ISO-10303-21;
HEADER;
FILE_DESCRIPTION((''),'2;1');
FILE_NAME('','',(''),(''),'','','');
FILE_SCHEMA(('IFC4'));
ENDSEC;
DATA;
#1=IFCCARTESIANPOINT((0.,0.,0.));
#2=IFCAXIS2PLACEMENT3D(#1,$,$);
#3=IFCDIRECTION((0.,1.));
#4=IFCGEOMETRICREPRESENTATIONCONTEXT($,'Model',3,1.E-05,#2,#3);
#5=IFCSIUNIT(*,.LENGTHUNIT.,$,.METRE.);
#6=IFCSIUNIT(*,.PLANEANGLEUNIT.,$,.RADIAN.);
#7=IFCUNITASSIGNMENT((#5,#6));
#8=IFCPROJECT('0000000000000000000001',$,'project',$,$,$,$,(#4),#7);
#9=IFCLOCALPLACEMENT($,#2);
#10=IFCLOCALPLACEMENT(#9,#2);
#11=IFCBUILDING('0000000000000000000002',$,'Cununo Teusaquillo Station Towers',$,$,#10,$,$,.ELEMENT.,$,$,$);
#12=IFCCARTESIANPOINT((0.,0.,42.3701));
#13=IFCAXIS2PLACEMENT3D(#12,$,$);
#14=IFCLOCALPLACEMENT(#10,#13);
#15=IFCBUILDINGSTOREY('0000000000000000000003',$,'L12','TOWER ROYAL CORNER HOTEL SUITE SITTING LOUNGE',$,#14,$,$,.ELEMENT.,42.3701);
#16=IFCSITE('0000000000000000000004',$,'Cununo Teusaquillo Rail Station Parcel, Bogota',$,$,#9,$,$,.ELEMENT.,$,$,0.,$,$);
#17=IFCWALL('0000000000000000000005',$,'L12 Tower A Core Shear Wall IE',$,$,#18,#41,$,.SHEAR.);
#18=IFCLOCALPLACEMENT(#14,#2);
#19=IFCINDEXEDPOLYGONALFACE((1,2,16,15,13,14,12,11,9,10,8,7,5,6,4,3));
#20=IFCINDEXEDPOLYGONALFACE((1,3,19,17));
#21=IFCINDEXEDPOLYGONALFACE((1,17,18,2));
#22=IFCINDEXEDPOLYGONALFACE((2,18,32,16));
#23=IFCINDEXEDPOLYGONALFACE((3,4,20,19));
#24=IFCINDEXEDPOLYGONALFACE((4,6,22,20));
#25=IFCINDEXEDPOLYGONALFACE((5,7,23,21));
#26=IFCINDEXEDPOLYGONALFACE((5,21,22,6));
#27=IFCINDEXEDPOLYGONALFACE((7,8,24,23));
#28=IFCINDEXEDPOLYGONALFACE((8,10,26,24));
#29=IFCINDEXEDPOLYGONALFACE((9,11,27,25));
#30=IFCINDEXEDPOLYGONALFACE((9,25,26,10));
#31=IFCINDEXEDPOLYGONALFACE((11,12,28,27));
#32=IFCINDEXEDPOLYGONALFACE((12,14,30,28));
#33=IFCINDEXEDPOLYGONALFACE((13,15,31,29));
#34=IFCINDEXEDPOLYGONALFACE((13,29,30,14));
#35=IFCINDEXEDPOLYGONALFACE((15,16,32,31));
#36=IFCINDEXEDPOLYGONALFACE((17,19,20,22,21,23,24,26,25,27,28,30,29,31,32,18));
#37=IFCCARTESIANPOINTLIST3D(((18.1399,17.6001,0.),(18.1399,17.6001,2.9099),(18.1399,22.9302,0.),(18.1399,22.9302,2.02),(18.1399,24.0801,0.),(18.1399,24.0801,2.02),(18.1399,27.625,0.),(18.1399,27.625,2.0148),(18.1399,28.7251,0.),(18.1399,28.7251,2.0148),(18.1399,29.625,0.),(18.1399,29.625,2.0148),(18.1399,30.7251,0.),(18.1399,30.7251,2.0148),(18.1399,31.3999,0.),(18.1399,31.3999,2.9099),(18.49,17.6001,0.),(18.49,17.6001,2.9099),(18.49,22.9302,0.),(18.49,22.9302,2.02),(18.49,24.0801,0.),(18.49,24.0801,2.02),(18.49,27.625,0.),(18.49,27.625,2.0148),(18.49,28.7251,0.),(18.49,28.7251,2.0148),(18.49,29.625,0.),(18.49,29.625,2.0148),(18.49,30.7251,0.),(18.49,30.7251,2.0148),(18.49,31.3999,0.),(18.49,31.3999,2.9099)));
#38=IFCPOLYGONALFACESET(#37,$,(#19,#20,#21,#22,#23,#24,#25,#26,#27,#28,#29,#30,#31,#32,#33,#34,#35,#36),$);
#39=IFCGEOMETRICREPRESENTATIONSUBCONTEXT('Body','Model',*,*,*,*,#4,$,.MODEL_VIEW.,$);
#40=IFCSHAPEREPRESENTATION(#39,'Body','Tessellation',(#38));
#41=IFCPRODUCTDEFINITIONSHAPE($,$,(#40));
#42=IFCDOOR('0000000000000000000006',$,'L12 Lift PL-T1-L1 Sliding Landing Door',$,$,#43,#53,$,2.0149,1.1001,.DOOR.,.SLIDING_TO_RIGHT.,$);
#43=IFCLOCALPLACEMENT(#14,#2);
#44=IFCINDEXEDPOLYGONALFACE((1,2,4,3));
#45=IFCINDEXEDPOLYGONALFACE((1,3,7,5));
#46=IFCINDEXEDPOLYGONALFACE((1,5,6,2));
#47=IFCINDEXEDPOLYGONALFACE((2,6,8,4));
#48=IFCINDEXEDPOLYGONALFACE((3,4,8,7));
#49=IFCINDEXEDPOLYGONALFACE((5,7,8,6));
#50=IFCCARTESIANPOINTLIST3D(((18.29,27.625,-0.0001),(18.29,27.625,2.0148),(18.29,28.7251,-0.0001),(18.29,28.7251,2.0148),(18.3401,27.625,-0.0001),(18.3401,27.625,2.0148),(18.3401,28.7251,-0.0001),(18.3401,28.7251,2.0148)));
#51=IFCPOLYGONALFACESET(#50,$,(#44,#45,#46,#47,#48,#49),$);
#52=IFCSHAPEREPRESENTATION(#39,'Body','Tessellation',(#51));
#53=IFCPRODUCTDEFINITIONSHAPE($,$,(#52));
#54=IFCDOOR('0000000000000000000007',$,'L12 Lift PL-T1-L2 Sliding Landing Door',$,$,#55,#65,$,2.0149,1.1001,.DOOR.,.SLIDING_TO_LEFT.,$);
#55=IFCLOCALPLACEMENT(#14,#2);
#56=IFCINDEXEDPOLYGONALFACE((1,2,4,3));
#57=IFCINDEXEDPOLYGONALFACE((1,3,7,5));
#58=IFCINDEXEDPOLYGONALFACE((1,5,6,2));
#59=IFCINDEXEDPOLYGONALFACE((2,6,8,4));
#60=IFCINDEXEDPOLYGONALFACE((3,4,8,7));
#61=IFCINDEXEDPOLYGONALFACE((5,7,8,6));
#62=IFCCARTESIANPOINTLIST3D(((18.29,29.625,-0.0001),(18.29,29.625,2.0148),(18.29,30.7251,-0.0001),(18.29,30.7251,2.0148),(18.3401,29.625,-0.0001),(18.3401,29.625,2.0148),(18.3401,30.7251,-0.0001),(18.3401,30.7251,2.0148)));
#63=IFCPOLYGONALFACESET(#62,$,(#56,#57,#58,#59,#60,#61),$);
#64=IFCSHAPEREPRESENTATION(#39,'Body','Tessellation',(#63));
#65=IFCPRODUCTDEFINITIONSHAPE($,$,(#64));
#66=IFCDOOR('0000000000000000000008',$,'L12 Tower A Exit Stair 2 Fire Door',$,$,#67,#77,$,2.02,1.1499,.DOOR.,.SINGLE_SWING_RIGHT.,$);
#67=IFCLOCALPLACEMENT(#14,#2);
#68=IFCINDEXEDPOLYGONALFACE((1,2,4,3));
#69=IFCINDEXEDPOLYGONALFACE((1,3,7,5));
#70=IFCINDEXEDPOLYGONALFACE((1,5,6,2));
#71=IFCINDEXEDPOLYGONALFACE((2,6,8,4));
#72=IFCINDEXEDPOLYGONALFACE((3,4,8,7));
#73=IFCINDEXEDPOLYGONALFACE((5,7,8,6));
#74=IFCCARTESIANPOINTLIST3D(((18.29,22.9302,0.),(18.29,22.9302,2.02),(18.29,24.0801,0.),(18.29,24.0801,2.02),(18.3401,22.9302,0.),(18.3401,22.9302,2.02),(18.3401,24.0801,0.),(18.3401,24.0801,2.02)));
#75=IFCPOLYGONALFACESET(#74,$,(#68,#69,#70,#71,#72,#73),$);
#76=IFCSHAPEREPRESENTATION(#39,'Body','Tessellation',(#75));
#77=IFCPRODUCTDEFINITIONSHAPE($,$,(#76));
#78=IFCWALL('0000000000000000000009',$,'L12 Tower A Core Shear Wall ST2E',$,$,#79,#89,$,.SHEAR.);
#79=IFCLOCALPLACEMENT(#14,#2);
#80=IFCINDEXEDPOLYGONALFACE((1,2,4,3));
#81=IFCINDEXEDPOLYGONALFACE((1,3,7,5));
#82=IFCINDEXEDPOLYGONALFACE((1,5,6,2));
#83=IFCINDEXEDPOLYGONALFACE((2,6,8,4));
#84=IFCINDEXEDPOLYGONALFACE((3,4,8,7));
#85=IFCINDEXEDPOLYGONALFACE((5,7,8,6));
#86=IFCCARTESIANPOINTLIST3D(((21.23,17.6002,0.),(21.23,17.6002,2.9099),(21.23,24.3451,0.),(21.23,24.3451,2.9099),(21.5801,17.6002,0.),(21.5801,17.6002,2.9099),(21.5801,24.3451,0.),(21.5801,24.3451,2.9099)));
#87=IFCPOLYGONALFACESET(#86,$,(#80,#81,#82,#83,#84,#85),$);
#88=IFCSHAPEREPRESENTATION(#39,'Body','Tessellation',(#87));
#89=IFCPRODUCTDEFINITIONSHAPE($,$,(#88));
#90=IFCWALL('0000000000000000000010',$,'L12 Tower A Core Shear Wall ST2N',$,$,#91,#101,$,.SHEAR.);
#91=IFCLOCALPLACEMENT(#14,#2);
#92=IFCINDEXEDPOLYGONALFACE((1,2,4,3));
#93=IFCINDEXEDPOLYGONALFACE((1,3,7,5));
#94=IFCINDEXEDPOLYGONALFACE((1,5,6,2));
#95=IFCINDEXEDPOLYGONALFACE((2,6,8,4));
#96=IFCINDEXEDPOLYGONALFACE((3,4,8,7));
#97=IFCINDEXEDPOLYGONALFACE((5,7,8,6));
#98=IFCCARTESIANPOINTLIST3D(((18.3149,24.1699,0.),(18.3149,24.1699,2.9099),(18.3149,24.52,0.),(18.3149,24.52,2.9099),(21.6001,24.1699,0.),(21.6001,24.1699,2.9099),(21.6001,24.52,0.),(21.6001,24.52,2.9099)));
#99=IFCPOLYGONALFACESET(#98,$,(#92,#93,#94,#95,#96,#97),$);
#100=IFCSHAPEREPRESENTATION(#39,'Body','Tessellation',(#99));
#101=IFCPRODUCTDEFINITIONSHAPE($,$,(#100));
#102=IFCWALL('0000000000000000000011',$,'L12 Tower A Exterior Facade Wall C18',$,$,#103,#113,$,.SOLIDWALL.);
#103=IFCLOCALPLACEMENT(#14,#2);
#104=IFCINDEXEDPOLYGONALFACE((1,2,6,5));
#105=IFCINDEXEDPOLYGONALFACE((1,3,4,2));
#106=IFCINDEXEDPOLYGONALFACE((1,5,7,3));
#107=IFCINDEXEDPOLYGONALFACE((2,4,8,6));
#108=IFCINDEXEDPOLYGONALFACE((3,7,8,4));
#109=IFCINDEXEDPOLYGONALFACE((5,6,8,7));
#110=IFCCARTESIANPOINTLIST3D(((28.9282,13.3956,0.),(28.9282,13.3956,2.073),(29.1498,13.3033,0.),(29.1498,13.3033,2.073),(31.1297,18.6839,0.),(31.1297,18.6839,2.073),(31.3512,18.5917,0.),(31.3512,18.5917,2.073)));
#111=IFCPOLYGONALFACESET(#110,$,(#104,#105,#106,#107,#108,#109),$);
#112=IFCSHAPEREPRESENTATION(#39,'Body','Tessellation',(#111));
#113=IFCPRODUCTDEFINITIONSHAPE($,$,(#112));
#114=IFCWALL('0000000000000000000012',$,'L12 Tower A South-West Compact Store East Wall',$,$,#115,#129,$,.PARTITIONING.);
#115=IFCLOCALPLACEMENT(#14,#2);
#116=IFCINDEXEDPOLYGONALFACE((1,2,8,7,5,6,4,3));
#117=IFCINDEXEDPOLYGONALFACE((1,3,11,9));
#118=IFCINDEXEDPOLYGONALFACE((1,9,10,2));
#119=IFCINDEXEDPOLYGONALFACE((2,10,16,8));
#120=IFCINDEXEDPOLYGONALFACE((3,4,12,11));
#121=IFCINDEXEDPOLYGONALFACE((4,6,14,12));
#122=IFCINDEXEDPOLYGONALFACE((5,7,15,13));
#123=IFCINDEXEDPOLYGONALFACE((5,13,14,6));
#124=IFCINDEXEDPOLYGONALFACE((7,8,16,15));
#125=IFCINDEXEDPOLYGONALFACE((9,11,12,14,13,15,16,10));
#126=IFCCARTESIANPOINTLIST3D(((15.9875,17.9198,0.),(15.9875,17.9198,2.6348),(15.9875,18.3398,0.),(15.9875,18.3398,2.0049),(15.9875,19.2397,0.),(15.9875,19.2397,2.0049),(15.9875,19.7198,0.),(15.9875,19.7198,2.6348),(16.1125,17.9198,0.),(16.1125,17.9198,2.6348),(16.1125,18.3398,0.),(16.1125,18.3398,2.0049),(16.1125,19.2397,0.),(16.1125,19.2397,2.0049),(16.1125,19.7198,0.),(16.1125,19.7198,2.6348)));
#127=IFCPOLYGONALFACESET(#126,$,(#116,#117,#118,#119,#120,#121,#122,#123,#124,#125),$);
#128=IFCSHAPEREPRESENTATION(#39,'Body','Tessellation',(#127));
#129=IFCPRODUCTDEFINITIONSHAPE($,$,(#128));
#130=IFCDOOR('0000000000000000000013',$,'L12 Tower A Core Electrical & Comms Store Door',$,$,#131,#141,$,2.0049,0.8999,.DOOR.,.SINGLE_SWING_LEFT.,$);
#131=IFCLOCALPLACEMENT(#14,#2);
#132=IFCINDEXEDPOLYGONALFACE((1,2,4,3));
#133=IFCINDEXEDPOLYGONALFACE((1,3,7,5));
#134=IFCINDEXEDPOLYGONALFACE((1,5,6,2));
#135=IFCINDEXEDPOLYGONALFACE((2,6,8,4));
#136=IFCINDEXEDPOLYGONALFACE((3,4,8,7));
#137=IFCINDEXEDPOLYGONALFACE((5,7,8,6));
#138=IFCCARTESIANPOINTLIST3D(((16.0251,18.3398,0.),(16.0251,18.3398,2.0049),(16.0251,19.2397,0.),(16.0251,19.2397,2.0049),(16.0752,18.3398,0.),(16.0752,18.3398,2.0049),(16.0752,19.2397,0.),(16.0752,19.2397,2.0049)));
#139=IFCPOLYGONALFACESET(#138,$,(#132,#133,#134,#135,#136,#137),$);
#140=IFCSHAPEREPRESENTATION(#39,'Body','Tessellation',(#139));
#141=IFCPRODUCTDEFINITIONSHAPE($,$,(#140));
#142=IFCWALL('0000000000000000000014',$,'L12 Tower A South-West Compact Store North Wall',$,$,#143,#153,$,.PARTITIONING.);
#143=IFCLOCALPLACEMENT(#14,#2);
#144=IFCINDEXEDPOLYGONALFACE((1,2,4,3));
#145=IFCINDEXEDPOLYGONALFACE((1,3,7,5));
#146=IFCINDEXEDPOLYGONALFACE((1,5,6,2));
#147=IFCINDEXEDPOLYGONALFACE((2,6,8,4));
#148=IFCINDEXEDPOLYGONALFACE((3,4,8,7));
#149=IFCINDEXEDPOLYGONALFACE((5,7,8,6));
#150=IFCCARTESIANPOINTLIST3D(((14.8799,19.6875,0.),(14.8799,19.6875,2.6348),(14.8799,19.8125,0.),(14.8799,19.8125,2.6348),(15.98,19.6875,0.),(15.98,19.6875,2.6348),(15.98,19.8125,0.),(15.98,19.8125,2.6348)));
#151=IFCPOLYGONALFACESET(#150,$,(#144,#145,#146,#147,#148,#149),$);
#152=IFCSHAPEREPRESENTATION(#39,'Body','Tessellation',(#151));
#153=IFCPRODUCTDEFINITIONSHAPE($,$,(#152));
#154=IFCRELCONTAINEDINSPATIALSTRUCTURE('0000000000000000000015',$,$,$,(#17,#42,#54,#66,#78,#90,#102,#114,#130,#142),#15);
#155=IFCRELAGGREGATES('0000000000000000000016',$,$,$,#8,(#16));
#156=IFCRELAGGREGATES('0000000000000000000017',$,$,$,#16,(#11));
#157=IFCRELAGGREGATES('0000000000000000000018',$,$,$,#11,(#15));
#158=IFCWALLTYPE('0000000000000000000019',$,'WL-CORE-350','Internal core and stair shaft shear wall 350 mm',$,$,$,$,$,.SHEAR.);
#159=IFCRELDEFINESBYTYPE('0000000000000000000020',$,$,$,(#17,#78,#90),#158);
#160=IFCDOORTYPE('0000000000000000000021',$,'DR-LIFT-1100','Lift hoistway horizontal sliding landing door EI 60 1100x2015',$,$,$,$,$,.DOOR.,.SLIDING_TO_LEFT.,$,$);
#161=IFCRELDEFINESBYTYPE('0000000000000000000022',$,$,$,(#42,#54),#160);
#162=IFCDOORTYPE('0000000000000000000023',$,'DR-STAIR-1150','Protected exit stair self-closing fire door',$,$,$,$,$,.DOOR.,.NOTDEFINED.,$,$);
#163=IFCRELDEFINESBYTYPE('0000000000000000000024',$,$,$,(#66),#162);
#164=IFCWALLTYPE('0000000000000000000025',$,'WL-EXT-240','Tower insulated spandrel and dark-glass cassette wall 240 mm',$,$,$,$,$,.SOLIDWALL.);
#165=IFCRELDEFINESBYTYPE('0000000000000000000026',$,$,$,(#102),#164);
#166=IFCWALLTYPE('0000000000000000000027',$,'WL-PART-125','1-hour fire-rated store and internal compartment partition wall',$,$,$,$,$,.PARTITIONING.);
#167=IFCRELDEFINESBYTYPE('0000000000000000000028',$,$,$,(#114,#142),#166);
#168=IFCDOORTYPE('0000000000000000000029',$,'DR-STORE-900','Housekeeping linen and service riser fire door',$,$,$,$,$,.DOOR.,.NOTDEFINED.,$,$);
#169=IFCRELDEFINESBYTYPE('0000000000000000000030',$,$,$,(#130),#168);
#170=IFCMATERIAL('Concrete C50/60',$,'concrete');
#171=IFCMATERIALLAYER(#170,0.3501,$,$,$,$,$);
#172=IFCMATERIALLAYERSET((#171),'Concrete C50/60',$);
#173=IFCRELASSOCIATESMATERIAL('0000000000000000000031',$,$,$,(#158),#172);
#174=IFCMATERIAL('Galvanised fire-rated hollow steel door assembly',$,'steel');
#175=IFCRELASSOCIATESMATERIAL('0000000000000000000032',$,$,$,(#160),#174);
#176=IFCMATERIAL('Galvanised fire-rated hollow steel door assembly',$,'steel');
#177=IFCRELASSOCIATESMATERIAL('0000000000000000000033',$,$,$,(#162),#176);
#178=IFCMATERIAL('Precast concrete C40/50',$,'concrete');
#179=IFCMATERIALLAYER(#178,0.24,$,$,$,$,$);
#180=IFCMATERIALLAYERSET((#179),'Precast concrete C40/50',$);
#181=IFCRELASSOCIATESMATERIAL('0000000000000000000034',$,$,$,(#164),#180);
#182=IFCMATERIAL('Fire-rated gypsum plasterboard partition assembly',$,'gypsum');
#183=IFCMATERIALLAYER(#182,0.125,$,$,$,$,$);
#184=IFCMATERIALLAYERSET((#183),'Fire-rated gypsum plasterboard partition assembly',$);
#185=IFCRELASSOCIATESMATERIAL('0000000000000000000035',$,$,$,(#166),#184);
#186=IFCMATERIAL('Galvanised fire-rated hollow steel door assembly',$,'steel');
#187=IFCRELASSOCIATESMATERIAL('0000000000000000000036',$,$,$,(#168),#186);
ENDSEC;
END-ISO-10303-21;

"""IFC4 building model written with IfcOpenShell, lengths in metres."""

from ifc_helpers import new_model, si_unit, direction, frame, frame_2d, origin, place, context, subcontext, project, spatial, rectangle, extrude, source, transform, mapped, material, layer, layer_set, type_object, element, fill, save


model = new_model("IFC4")

# Units and contexts
model_context = context("Model", 3, precision=1e-05, world=origin(), true_north=direction((0.0, 1.0)))
body_context = subcontext(model_context, "Body", "Model", "MODEL_VIEW")
ifc_project = project(units=[si_unit("LENGTHUNIT", "METRE"), si_unit("PLANEANGLEUNIT", "RADIAN")], contexts=[model_context])

# Site, building, storey
site_placement = place(None, origin())
site = spatial("IfcSite", under=ifc_project, at=site_placement, Name="Cununo Teusaquillo Rail Station Parcel, Bogota", CompositionType="ELEMENT", RefElevation=0.0)
building_placement = place(site_placement, origin())
building = spatial("IfcBuilding", under=site, at=building_placement, Name="Cununo Teusaquillo Station Towers", CompositionType="ELEMENT")
storey_placement = place(building_placement, frame((0.0, 0.0, 42.3701)))
storey = spatial("IfcBuildingStorey", under=building, at=storey_placement, Name="L12", Description="TOWER ROYAL CORNER HOTEL SUITE SITTING LOUNGE", CompositionType="ELEMENT", Elevation=42.3701)

# Wall, openings, doors
ifc_material_1 = material(Name="Concrete C50/60", Category="concrete")
ifc_layer_1 = layer(ifc_material_1, 0.3501)
ifc_layer_set_1 = layer_set([ifc_layer_1], Name="Concrete C50/60")
wall_type_1 = type_object("IfcWallType", Name="WL-CORE-350", Description="Internal core and stair shaft shear wall 350 mm", PredefinedType="SHEAR", material=ifc_layer_set_1)
wall_1_placement = place(storey_placement, frame((18.3149, 17.6001, 0.0), z_axis=(0.0, 0.0, 1.0), x_axis=(0.0, 1.0, 0.0)))
wall_1 = element("IfcWall", 1, at=wall_1_placement, inside=storey, type_object=wall_type_1, Name="L12 Tower A Core Shear Wall IE", PredefinedType="SHEAR", context=body_context, shape_type="SweptSolid", body=[
    extrude(rectangle(XDim=13.7998, YDim=0.3501, at=frame_2d((6.8999, 0.0))), origin(), (0.0, 0.0, 1.0), 2.9099),
])
shared_shape_1 = source(origin(), body_context, "Body", "SweptSolid", [
    extrude(rectangle(XDim=1.1001, YDim=2.0149, at=frame_2d((0.55, 1.0073))), frame((0.0, 0.1851, 0.0), z_axis=(0.0, -1.0, 0.0), x_axis=(1.0, 0.0, 0.0)), (0.0, 0.0, 1.0), 0.3701),
])
opening_1_placement = place(wall_1_placement, frame((10.0249, 0.0, 0.0)))
opening_1 = element("IfcOpeningElement", 2, at=opening_1_placement, cuts=wall_1, PredefinedType="OPENING", context=body_context, shape_type="MappedRepresentation", body=[
    mapped(shared_shape_1, transform((0.0, 0.0, 0.0), x_axis=(1.0, 0.0, 0.0), y_axis=(0.0, 1.0, 0.0), z_axis=(0.0, 0.0, 1.0), scale=1.0)),
])
opening_2_placement = place(wall_1_placement, frame((12.0249, 0.0, 0.0)))
opening_2 = element("IfcOpeningElement", 3, at=opening_2_placement, cuts=wall_1, PredefinedType="OPENING", context=body_context, shape_type="MappedRepresentation", body=[
    mapped(shared_shape_1, transform((0.0, 0.0, 0.0), x_axis=(1.0, 0.0, 0.0), y_axis=(0.0, 1.0, 0.0), z_axis=(0.0, 0.0, 1.0), scale=1.0)),
])
shared_shape_2 = source(origin(), body_context, "Body", "SweptSolid", [
    extrude(rectangle(XDim=1.1499, YDim=2.02, at=frame_2d((0.575, 1.01))), frame((0.0, 0.1851, 0.0), z_axis=(0.0, -1.0, 0.0), x_axis=(1.0, 0.0, 0.0)), (0.0, 0.0, 1.0), 0.3701),
])
opening_3_placement = place(wall_1_placement, frame((5.3301, 0.0, 0.0)))
opening_3 = element("IfcOpeningElement", 4, at=opening_3_placement, cuts=wall_1, PredefinedType="OPENING", context=body_context, shape_type="MappedRepresentation", body=[
    mapped(shared_shape_2, transform((0.0, 0.0, 0.0), x_axis=(1.0, 0.0, 0.0), y_axis=(0.0, 1.0, 0.0), z_axis=(0.0, 0.0, 1.0), scale=1.0)),
])
ifc_material_2 = material(Name="Galvanised fire-rated hollow steel door assembly", Category="steel")
door_type_1 = type_object("IfcDoorType", Name="DR-LIFT-1100", Description="Lift hoistway horizontal sliding landing door EI 60 1100x2015", OperationType="SLIDING_TO_LEFT", PredefinedType="DOOR", material=ifc_material_2)
shared_shape_3 = source(origin(), body_context, "Body", "SweptSolid", [
    extrude(rectangle(XDim=1.1001, YDim=2.0149, at=frame_2d((0.55, 1.0073))), frame((0.0, 0.0249, 0.0), z_axis=(0.0, -1.0, 0.0), x_axis=(1.0, 0.0, 0.0)), (0.0, 0.0, 1.0), 0.05),
])
door_1_placement = place(opening_1_placement, origin())
door_1 = element("IfcDoor", 5, at=door_1_placement, inside=storey, type_object=door_type_1, Name="L12 Lift PL-T1-L1 Sliding Landing Door", OperationType="SLIDING_TO_RIGHT", OverallHeight=2.0149, OverallWidth=1.1001, PredefinedType="DOOR", context=body_context, shape_type="MappedRepresentation", body=[
    mapped(shared_shape_3, transform((0.0, 0.0, 0.0), x_axis=(1.0, 0.0, 0.0), y_axis=(0.0, 1.0, 0.0), z_axis=(0.0, 0.0, 1.0), scale=1.0)),
])
fill(opening_1, door_1)
door_2_placement = place(opening_2_placement, origin())
door_2 = element("IfcDoor", 6, at=door_2_placement, inside=storey, type_object=door_type_1, Name="L12 Lift PL-T1-L2 Sliding Landing Door", OperationType="SLIDING_TO_LEFT", OverallHeight=2.0149, OverallWidth=1.1001, PredefinedType="DOOR", context=body_context, shape_type="MappedRepresentation", body=[
    mapped(shared_shape_3, transform((0.0, 0.0, 0.0), x_axis=(1.0, 0.0, 0.0), y_axis=(0.0, 1.0, 0.0), z_axis=(0.0, 0.0, 1.0), scale=1.0)),
])
fill(opening_2, door_2)
ifc_material_3 = material(Name="Galvanised fire-rated hollow steel door assembly", Category="steel")
door_type_2 = type_object("IfcDoorType", Name="DR-STAIR-1150", Description="Protected exit stair self-closing fire door", OperationType="NOTDEFINED", PredefinedType="DOOR", material=ifc_material_3)
shared_shape_4 = source(origin(), body_context, "Body", "SweptSolid", [
    extrude(rectangle(XDim=1.1499, YDim=2.02, at=frame_2d((0.575, 1.01))), frame((0.0, 0.0249, 0.0), z_axis=(0.0, -1.0, 0.0), x_axis=(1.0, 0.0, 0.0)), (0.0, 0.0, 1.0), 0.05),
])
door_3_placement = place(opening_3_placement, origin())
door_3 = element("IfcDoor", 7, at=door_3_placement, inside=storey, type_object=door_type_2, Name="L12 Tower A Exit Stair 2 Fire Door", OperationType="SINGLE_SWING_RIGHT", OverallHeight=2.02, OverallWidth=1.1499, PredefinedType="DOOR", context=body_context, shape_type="MappedRepresentation", body=[
    mapped(shared_shape_4, transform((0.0, 0.0, 0.0), x_axis=(1.0, 0.0, 0.0), y_axis=(0.0, 1.0, 0.0), z_axis=(0.0, 0.0, 1.0), scale=1.0)),
])
fill(opening_3, door_3)

# Walls
wall_2_placement = place(storey_placement, frame((21.405, 17.6001, 0.0), z_axis=(0.0, 0.0, 1.0), x_axis=(0.0, 1.0, 0.0)))
element("IfcWall", 8, at=wall_2_placement, inside=storey, type_object=wall_type_1, Name="L12 Tower A Core Shear Wall ST2E", PredefinedType="SHEAR", context=body_context, shape_type="SweptSolid", body=[
    extrude(rectangle(XDim=6.7449, YDim=0.3501, at=frame_2d((3.3726, 0.0))), origin(), (0.0, 0.0, 1.0), 2.9099),
])
wall_3_placement = place(storey_placement, frame((18.3149, 24.345, 0.0), z_axis=(0.0, 0.0, 1.0), x_axis=(1.0, 0.0, 0.0)))
element("IfcWall", 9, at=wall_3_placement, inside=storey, type_object=wall_type_1, Name="L12 Tower A Core Shear Wall ST2N", PredefinedType="SHEAR", context=body_context, shape_type="SweptSolid", body=[
    extrude(rectangle(XDim=3.2852, YDim=0.3501, at=frame_2d((1.6426, 0.0))), origin(), (0.0, 0.0, 1.0), 2.9099),
])
ifc_material_4 = material(Name="Precast concrete C40/50", Category="concrete")
ifc_layer_2 = layer(ifc_material_4, 0.24)
ifc_layer_set_2 = layer_set([ifc_layer_2], Name="Precast concrete C40/50")
wall_type_2 = type_object("IfcWallType", Name="WL-EXT-240", Description="Tower insulated spandrel and dark-glass cassette wall 240 mm", PredefinedType="SOLIDWALL", material=ifc_layer_set_2)
wall_4_placement = place(storey_placement, frame((31.2405, 18.6379, 0.0), z_axis=(0.0, 0.0, 1.0), x_axis=(-0.38431, -0.923204, 0.0)))
element("IfcWall", 10, at=wall_4_placement, inside=storey, type_object=wall_type_2, Name="L12 Tower A Exterior Facade Wall C18", PredefinedType="SOLIDWALL", context=body_context, shape_type="SweptSolid", body=[
    extrude(rectangle(XDim=5.7283, YDim=0.24, at=frame_2d((2.8643, 0.0))), origin(), (0.0, 0.0, 1.0), 2.073),
])

# Wall, opening, door
ifc_material_5 = material(Name="Fire-rated gypsum plasterboard partition assembly", Category="gypsum")
ifc_layer_3 = layer(ifc_material_5, 0.125)
ifc_layer_set_3 = layer_set([ifc_layer_3], Name="Fire-rated gypsum plasterboard partition assembly")
wall_type_3 = type_object("IfcWallType", Name="WL-PART-125", Description="1-hour fire-rated store and internal compartment partition wall", PredefinedType="PARTITIONING", material=ifc_layer_set_3)
wall_5_placement = place(storey_placement, frame((16.05, 17.9199, 0.0), z_axis=(0.0, 0.0, 1.0), x_axis=(0.0, 1.0, 0.0)))
wall_5 = element("IfcWall", 11, at=wall_5_placement, inside=storey, type_object=wall_type_3, Name="L12 Tower A South-West Compact Store East Wall", PredefinedType="PARTITIONING", context=body_context, shape_type="SweptSolid", body=[
    extrude(rectangle(XDim=1.8, YDim=0.125, at=frame_2d((0.8999, 0.0))), origin(), (0.0, 0.0, 1.0), 2.6348),
])
shared_shape_5 = source(origin(), body_context, "Body", "SweptSolid", [
    extrude(rectangle(XDim=0.8999, YDim=2.0049, at=frame_2d((0.45, 1.0024))), frame((0.0, 0.0725, 0.0), z_axis=(0.0, -1.0, 0.0), x_axis=(1.0, 0.0, 0.0)), (0.0, 0.0, 1.0), 0.145),
])
opening_4_placement = place(wall_5_placement, frame((0.4199, 0.0, 0.0)))
opening_4 = element("IfcOpeningElement", 12, at=opening_4_placement, cuts=wall_5, PredefinedType="OPENING", context=body_context, shape_type="MappedRepresentation", body=[
    mapped(shared_shape_5, transform((0.0, 0.0, 0.0), x_axis=(1.0, 0.0, 0.0), y_axis=(0.0, 1.0, 0.0), z_axis=(0.0, 0.0, 1.0), scale=1.0)),
])
ifc_material_6 = material(Name="Galvanised fire-rated hollow steel door assembly", Category="steel")
door_type_3 = type_object("IfcDoorType", Name="DR-STORE-900", Description="Housekeeping linen and service riser fire door", OperationType="NOTDEFINED", PredefinedType="DOOR", material=ifc_material_6)
shared_shape_6 = source(origin(), body_context, "Body", "SweptSolid", [
    extrude(rectangle(XDim=0.8999, YDim=2.0049, at=frame_2d((0.45, 1.0024))), frame((0.0, 0.0249, 0.0), z_axis=(0.0, -1.0, 0.0), x_axis=(1.0, 0.0, 0.0)), (0.0, 0.0, 1.0), 0.05),
])
door_4_placement = place(opening_4_placement, origin())
door_4 = element("IfcDoor", 13, at=door_4_placement, inside=storey, type_object=door_type_3, Name="L12 Tower A Core Electrical & Comms Store Door", OperationType="SINGLE_SWING_LEFT", OverallHeight=2.0049, OverallWidth=0.8999, PredefinedType="DOOR", context=body_context, shape_type="MappedRepresentation", body=[
    mapped(shared_shape_6, transform((0.0, 0.0, 0.0), x_axis=(1.0, 0.0, 0.0), y_axis=(0.0, 1.0, 0.0), z_axis=(0.0, 0.0, 1.0), scale=1.0)),
])
fill(opening_4, door_4)

# Wall
wall_6_placement = place(storey_placement, frame((14.8799, 19.75, 0.0), z_axis=(0.0, 0.0, 1.0), x_axis=(1.0, 0.0, 0.0)))
element("IfcWall", 14, at=wall_6_placement, inside=storey, type_object=wall_type_3, Name="L12 Tower A South-West Compact Store North Wall", PredefinedType="PARTITIONING", context=body_context, shape_type="SweptSolid", body=[
    extrude(rectangle(XDim=1.1001, YDim=0.125, at=frame_2d((0.55, 0.0))), origin(), (0.0, 0.0, 1.0), 2.6348),
])

save(model, "model.ifc")
